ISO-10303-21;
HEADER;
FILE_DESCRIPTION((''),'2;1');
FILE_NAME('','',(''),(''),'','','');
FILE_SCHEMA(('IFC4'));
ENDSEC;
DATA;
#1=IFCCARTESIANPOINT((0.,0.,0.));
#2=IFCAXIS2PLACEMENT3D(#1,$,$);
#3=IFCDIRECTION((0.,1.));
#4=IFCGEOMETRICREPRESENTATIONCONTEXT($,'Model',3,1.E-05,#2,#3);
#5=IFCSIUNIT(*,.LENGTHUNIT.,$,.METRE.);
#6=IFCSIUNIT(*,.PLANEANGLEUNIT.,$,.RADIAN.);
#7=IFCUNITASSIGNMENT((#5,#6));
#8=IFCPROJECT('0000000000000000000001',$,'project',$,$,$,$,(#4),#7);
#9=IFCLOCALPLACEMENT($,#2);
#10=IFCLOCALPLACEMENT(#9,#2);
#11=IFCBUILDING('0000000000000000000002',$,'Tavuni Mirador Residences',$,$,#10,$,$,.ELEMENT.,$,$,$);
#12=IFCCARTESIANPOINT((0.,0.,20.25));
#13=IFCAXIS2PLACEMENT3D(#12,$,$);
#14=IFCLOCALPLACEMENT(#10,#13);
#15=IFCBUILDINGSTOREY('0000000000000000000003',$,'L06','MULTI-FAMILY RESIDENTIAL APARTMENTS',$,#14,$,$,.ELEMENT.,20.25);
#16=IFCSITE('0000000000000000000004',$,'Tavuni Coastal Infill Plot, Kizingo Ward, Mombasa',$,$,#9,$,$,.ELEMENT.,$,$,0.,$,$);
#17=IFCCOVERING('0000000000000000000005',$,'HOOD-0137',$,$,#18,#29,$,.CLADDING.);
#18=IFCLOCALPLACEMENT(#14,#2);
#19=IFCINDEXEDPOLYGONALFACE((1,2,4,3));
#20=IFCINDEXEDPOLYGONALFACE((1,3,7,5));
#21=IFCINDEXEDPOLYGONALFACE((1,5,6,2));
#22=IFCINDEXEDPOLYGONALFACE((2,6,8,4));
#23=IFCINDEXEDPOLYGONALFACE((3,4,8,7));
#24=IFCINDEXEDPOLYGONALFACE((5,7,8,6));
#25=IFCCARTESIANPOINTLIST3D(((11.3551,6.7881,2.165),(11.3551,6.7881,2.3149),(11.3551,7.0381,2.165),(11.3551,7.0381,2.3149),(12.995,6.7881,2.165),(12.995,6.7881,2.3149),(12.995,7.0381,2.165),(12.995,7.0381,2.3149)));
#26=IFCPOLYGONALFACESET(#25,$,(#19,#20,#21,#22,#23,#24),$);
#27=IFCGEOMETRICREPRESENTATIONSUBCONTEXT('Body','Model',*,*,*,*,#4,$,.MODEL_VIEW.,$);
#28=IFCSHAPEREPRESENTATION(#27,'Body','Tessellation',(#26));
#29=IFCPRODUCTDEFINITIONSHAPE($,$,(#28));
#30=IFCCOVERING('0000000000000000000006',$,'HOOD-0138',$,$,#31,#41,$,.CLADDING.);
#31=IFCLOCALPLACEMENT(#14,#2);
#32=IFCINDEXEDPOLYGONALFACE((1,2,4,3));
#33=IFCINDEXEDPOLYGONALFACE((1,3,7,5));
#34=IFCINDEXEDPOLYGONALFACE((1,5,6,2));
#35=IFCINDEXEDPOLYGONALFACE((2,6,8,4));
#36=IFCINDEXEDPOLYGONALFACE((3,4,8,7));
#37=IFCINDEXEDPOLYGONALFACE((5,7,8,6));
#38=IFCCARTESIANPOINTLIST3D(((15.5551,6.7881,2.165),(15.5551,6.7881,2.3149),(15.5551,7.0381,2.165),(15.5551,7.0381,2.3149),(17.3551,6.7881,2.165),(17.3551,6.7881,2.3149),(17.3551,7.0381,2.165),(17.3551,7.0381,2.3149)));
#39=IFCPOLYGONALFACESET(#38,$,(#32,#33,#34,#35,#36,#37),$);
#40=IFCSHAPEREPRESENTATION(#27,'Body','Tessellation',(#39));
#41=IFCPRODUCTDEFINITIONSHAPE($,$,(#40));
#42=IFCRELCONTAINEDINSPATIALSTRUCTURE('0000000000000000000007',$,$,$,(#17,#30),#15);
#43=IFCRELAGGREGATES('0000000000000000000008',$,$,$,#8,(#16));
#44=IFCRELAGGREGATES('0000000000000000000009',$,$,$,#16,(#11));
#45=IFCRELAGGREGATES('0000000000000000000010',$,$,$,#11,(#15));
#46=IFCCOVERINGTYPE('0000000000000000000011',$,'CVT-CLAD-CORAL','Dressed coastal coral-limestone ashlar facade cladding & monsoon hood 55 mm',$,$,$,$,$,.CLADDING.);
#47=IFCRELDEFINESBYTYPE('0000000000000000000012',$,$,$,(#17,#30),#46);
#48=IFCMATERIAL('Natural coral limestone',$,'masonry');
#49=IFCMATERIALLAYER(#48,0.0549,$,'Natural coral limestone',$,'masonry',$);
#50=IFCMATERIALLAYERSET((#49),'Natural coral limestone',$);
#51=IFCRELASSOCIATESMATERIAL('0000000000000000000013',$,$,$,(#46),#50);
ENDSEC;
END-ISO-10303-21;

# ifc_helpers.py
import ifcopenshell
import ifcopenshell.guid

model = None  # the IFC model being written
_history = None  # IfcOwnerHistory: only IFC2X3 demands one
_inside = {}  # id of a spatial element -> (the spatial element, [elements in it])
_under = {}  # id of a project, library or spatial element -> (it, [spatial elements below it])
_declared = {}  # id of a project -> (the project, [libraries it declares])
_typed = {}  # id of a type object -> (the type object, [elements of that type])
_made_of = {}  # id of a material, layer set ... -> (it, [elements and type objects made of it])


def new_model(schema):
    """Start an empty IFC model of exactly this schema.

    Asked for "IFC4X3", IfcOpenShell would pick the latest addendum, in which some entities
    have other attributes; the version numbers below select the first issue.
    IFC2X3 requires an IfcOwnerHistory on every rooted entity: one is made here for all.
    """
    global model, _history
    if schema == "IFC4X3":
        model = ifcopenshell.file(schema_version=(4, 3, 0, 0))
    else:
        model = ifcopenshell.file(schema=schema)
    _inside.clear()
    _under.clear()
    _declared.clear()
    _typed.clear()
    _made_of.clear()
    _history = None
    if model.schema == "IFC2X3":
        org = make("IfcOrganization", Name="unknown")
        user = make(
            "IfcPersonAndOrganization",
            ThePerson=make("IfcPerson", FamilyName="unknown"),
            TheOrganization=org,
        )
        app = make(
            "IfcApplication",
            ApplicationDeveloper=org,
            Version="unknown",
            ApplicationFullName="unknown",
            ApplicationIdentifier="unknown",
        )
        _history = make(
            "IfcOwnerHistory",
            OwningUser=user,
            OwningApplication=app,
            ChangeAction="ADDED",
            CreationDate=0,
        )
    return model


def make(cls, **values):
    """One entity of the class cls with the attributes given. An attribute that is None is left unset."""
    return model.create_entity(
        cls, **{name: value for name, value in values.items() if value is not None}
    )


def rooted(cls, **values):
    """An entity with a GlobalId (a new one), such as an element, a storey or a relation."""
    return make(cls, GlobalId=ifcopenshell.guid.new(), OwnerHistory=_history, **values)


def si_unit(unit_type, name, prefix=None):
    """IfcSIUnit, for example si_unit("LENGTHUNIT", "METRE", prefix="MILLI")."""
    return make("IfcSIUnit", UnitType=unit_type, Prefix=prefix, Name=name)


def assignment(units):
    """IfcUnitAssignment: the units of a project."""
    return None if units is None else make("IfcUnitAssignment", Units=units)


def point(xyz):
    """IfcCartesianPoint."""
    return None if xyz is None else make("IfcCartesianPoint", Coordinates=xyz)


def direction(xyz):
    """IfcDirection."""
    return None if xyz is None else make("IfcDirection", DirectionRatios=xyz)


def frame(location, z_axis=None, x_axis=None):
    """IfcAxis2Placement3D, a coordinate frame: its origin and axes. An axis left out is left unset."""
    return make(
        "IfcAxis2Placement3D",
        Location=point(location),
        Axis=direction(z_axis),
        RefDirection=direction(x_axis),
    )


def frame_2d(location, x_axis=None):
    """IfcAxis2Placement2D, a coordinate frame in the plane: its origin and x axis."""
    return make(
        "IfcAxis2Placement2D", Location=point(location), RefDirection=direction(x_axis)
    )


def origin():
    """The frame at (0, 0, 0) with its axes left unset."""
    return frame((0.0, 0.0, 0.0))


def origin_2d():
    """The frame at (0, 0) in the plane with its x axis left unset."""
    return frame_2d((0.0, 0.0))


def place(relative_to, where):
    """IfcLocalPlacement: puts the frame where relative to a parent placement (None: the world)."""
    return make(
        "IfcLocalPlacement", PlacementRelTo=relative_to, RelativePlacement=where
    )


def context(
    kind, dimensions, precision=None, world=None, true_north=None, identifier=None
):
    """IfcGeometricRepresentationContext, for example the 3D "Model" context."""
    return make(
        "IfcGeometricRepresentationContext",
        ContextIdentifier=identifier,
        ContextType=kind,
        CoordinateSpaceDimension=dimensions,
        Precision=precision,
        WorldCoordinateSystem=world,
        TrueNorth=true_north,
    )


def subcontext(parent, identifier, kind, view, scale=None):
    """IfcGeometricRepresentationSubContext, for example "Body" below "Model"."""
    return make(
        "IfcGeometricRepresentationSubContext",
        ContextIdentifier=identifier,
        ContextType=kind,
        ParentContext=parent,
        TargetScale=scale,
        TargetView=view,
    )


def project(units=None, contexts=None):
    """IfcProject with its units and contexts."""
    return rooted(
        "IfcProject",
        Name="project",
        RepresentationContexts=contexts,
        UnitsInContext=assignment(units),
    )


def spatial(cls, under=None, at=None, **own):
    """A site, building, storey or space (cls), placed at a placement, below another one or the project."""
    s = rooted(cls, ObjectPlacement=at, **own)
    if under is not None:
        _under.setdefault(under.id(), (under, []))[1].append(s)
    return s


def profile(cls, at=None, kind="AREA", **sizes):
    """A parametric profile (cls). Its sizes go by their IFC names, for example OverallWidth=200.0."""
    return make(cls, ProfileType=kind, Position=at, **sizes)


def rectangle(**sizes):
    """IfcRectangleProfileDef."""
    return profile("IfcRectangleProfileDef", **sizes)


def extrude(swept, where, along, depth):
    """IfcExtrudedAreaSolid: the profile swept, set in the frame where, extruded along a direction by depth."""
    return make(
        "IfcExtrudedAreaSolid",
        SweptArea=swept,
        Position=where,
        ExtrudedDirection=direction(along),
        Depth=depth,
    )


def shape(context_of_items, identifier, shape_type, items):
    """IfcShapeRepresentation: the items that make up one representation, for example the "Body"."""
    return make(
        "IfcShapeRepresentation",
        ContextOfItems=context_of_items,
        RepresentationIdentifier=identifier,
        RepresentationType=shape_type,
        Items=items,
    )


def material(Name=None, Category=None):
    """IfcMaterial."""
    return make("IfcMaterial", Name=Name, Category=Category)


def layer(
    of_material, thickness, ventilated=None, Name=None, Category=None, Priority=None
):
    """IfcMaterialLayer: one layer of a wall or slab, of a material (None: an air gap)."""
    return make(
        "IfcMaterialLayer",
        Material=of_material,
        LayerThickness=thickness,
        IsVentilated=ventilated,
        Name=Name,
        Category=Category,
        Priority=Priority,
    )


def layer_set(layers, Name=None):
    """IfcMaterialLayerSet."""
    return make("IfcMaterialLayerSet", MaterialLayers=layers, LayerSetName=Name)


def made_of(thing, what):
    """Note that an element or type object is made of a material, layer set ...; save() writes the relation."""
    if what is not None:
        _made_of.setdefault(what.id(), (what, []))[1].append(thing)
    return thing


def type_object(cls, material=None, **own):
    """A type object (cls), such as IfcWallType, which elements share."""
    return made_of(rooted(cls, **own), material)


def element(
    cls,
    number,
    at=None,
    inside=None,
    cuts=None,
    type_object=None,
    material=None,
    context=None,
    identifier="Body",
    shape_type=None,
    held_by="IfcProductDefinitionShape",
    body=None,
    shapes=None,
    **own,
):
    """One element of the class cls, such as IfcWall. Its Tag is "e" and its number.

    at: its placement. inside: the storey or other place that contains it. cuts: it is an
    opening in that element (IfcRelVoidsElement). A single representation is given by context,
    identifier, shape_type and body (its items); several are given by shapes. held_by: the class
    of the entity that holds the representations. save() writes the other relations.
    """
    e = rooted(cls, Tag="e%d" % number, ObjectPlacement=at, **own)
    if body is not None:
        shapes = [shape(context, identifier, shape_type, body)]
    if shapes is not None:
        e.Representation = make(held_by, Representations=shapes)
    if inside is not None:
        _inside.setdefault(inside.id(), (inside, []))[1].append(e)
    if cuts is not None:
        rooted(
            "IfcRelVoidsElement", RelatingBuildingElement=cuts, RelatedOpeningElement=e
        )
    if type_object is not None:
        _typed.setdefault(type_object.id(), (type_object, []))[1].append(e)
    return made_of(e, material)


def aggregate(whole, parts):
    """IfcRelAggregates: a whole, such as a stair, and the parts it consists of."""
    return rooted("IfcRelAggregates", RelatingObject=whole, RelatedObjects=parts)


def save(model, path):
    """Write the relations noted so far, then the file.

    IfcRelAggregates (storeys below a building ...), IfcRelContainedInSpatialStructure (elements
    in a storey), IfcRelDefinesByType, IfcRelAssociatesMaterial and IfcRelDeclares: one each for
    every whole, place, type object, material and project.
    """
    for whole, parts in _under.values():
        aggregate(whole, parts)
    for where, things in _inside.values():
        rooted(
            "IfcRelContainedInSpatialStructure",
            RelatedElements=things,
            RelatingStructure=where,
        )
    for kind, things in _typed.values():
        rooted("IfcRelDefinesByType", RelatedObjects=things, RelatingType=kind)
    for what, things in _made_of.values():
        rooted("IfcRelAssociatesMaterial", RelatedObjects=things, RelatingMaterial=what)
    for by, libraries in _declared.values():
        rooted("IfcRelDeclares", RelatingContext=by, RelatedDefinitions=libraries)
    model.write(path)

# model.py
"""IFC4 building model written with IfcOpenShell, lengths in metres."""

from ifc_helpers import new_model, si_unit, direction, frame, origin, origin_2d, place, context, subcontext, project, spatial, rectangle, extrude, material, layer, layer_set, type_object, element, save


model = new_model("IFC4")

# Units and contexts
model_context = context("Model", 3, precision=1e-05, world=origin(), true_north=direction((0.0, 1.0)))
body_context = subcontext(model_context, "Body", "Model", "MODEL_VIEW")
ifc_project = project(units=[si_unit("LENGTHUNIT", "METRE"), si_unit("PLANEANGLEUNIT", "RADIAN")], contexts=[model_context])

# Site, building, storey
site_placement = place(None, origin())
site = spatial("IfcSite", under=ifc_project, at=site_placement, Name="Tavuni Coastal Infill Plot, Kizingo Ward, Mombasa", CompositionType="ELEMENT", RefElevation=0.0)
building_placement = place(site_placement, origin())
building = spatial("IfcBuilding", under=site, at=building_placement, Name="Tavuni Mirador Residences", CompositionType="ELEMENT")
storey_placement = place(building_placement, frame((0.0, 0.0, 20.25)))
storey = spatial("IfcBuildingStorey", under=building, at=storey_placement, Name="L06", Description="MULTI-FAMILY RESIDENTIAL APARTMENTS", CompositionType="ELEMENT", Elevation=20.25)

# Coverings
ifc_material_1 = material(Name="Natural coral limestone", Category="masonry")
ifc_layer_1 = layer(ifc_material_1, 0.0549, Name="Natural coral limestone", Category="masonry")
ifc_layer_set_1 = layer_set([ifc_layer_1], Name="Natural coral limestone")
covering_type = type_object("IfcCoveringType", Name="CVT-CLAD-CORAL", Description="Dressed coastal coral-limestone ashlar facade cladding & monsoon hood 55 mm", PredefinedType="CLADDING", material=ifc_layer_set_1)
for number, where, z_axis, x_axis, name in (
    (1, (12.175, 6.9131, 2.165), (0.0, 0.0, 1.0), (1.0, 0.0, 0.0), "HOOD-0137"),
):
    element("IfcCovering", number, at=place(storey_placement, frame(where, z_axis=z_axis, x_axis=x_axis)), inside=storey, type_object=covering_type, Name=name, PredefinedType="CLADDING", context=body_context, shape_type="SweptSolid", body=[
        extrude(rectangle(XDim=1.6399, YDim=0.25, at=origin_2d()), origin(), (0.0, 0.0, 1.0), 0.1499),
    ])
covering_1_placement = place(storey_placement, frame((16.4551, 6.9131, 2.165), z_axis=(0.0, 0.0, 1.0), x_axis=(1.0, 0.0, 0.0)))
element("IfcCovering", 2, at=covering_1_placement, inside=storey, type_object=covering_type, Name="HOOD-0138", PredefinedType="CLADDING", context=body_context, shape_type="SweptSolid", body=[
    extrude(rectangle(XDim=1.8, YDim=0.25, at=origin_2d()), origin(), (0.0, 0.0, 1.0), 0.1499),
])

save(model, "model.ifc")
